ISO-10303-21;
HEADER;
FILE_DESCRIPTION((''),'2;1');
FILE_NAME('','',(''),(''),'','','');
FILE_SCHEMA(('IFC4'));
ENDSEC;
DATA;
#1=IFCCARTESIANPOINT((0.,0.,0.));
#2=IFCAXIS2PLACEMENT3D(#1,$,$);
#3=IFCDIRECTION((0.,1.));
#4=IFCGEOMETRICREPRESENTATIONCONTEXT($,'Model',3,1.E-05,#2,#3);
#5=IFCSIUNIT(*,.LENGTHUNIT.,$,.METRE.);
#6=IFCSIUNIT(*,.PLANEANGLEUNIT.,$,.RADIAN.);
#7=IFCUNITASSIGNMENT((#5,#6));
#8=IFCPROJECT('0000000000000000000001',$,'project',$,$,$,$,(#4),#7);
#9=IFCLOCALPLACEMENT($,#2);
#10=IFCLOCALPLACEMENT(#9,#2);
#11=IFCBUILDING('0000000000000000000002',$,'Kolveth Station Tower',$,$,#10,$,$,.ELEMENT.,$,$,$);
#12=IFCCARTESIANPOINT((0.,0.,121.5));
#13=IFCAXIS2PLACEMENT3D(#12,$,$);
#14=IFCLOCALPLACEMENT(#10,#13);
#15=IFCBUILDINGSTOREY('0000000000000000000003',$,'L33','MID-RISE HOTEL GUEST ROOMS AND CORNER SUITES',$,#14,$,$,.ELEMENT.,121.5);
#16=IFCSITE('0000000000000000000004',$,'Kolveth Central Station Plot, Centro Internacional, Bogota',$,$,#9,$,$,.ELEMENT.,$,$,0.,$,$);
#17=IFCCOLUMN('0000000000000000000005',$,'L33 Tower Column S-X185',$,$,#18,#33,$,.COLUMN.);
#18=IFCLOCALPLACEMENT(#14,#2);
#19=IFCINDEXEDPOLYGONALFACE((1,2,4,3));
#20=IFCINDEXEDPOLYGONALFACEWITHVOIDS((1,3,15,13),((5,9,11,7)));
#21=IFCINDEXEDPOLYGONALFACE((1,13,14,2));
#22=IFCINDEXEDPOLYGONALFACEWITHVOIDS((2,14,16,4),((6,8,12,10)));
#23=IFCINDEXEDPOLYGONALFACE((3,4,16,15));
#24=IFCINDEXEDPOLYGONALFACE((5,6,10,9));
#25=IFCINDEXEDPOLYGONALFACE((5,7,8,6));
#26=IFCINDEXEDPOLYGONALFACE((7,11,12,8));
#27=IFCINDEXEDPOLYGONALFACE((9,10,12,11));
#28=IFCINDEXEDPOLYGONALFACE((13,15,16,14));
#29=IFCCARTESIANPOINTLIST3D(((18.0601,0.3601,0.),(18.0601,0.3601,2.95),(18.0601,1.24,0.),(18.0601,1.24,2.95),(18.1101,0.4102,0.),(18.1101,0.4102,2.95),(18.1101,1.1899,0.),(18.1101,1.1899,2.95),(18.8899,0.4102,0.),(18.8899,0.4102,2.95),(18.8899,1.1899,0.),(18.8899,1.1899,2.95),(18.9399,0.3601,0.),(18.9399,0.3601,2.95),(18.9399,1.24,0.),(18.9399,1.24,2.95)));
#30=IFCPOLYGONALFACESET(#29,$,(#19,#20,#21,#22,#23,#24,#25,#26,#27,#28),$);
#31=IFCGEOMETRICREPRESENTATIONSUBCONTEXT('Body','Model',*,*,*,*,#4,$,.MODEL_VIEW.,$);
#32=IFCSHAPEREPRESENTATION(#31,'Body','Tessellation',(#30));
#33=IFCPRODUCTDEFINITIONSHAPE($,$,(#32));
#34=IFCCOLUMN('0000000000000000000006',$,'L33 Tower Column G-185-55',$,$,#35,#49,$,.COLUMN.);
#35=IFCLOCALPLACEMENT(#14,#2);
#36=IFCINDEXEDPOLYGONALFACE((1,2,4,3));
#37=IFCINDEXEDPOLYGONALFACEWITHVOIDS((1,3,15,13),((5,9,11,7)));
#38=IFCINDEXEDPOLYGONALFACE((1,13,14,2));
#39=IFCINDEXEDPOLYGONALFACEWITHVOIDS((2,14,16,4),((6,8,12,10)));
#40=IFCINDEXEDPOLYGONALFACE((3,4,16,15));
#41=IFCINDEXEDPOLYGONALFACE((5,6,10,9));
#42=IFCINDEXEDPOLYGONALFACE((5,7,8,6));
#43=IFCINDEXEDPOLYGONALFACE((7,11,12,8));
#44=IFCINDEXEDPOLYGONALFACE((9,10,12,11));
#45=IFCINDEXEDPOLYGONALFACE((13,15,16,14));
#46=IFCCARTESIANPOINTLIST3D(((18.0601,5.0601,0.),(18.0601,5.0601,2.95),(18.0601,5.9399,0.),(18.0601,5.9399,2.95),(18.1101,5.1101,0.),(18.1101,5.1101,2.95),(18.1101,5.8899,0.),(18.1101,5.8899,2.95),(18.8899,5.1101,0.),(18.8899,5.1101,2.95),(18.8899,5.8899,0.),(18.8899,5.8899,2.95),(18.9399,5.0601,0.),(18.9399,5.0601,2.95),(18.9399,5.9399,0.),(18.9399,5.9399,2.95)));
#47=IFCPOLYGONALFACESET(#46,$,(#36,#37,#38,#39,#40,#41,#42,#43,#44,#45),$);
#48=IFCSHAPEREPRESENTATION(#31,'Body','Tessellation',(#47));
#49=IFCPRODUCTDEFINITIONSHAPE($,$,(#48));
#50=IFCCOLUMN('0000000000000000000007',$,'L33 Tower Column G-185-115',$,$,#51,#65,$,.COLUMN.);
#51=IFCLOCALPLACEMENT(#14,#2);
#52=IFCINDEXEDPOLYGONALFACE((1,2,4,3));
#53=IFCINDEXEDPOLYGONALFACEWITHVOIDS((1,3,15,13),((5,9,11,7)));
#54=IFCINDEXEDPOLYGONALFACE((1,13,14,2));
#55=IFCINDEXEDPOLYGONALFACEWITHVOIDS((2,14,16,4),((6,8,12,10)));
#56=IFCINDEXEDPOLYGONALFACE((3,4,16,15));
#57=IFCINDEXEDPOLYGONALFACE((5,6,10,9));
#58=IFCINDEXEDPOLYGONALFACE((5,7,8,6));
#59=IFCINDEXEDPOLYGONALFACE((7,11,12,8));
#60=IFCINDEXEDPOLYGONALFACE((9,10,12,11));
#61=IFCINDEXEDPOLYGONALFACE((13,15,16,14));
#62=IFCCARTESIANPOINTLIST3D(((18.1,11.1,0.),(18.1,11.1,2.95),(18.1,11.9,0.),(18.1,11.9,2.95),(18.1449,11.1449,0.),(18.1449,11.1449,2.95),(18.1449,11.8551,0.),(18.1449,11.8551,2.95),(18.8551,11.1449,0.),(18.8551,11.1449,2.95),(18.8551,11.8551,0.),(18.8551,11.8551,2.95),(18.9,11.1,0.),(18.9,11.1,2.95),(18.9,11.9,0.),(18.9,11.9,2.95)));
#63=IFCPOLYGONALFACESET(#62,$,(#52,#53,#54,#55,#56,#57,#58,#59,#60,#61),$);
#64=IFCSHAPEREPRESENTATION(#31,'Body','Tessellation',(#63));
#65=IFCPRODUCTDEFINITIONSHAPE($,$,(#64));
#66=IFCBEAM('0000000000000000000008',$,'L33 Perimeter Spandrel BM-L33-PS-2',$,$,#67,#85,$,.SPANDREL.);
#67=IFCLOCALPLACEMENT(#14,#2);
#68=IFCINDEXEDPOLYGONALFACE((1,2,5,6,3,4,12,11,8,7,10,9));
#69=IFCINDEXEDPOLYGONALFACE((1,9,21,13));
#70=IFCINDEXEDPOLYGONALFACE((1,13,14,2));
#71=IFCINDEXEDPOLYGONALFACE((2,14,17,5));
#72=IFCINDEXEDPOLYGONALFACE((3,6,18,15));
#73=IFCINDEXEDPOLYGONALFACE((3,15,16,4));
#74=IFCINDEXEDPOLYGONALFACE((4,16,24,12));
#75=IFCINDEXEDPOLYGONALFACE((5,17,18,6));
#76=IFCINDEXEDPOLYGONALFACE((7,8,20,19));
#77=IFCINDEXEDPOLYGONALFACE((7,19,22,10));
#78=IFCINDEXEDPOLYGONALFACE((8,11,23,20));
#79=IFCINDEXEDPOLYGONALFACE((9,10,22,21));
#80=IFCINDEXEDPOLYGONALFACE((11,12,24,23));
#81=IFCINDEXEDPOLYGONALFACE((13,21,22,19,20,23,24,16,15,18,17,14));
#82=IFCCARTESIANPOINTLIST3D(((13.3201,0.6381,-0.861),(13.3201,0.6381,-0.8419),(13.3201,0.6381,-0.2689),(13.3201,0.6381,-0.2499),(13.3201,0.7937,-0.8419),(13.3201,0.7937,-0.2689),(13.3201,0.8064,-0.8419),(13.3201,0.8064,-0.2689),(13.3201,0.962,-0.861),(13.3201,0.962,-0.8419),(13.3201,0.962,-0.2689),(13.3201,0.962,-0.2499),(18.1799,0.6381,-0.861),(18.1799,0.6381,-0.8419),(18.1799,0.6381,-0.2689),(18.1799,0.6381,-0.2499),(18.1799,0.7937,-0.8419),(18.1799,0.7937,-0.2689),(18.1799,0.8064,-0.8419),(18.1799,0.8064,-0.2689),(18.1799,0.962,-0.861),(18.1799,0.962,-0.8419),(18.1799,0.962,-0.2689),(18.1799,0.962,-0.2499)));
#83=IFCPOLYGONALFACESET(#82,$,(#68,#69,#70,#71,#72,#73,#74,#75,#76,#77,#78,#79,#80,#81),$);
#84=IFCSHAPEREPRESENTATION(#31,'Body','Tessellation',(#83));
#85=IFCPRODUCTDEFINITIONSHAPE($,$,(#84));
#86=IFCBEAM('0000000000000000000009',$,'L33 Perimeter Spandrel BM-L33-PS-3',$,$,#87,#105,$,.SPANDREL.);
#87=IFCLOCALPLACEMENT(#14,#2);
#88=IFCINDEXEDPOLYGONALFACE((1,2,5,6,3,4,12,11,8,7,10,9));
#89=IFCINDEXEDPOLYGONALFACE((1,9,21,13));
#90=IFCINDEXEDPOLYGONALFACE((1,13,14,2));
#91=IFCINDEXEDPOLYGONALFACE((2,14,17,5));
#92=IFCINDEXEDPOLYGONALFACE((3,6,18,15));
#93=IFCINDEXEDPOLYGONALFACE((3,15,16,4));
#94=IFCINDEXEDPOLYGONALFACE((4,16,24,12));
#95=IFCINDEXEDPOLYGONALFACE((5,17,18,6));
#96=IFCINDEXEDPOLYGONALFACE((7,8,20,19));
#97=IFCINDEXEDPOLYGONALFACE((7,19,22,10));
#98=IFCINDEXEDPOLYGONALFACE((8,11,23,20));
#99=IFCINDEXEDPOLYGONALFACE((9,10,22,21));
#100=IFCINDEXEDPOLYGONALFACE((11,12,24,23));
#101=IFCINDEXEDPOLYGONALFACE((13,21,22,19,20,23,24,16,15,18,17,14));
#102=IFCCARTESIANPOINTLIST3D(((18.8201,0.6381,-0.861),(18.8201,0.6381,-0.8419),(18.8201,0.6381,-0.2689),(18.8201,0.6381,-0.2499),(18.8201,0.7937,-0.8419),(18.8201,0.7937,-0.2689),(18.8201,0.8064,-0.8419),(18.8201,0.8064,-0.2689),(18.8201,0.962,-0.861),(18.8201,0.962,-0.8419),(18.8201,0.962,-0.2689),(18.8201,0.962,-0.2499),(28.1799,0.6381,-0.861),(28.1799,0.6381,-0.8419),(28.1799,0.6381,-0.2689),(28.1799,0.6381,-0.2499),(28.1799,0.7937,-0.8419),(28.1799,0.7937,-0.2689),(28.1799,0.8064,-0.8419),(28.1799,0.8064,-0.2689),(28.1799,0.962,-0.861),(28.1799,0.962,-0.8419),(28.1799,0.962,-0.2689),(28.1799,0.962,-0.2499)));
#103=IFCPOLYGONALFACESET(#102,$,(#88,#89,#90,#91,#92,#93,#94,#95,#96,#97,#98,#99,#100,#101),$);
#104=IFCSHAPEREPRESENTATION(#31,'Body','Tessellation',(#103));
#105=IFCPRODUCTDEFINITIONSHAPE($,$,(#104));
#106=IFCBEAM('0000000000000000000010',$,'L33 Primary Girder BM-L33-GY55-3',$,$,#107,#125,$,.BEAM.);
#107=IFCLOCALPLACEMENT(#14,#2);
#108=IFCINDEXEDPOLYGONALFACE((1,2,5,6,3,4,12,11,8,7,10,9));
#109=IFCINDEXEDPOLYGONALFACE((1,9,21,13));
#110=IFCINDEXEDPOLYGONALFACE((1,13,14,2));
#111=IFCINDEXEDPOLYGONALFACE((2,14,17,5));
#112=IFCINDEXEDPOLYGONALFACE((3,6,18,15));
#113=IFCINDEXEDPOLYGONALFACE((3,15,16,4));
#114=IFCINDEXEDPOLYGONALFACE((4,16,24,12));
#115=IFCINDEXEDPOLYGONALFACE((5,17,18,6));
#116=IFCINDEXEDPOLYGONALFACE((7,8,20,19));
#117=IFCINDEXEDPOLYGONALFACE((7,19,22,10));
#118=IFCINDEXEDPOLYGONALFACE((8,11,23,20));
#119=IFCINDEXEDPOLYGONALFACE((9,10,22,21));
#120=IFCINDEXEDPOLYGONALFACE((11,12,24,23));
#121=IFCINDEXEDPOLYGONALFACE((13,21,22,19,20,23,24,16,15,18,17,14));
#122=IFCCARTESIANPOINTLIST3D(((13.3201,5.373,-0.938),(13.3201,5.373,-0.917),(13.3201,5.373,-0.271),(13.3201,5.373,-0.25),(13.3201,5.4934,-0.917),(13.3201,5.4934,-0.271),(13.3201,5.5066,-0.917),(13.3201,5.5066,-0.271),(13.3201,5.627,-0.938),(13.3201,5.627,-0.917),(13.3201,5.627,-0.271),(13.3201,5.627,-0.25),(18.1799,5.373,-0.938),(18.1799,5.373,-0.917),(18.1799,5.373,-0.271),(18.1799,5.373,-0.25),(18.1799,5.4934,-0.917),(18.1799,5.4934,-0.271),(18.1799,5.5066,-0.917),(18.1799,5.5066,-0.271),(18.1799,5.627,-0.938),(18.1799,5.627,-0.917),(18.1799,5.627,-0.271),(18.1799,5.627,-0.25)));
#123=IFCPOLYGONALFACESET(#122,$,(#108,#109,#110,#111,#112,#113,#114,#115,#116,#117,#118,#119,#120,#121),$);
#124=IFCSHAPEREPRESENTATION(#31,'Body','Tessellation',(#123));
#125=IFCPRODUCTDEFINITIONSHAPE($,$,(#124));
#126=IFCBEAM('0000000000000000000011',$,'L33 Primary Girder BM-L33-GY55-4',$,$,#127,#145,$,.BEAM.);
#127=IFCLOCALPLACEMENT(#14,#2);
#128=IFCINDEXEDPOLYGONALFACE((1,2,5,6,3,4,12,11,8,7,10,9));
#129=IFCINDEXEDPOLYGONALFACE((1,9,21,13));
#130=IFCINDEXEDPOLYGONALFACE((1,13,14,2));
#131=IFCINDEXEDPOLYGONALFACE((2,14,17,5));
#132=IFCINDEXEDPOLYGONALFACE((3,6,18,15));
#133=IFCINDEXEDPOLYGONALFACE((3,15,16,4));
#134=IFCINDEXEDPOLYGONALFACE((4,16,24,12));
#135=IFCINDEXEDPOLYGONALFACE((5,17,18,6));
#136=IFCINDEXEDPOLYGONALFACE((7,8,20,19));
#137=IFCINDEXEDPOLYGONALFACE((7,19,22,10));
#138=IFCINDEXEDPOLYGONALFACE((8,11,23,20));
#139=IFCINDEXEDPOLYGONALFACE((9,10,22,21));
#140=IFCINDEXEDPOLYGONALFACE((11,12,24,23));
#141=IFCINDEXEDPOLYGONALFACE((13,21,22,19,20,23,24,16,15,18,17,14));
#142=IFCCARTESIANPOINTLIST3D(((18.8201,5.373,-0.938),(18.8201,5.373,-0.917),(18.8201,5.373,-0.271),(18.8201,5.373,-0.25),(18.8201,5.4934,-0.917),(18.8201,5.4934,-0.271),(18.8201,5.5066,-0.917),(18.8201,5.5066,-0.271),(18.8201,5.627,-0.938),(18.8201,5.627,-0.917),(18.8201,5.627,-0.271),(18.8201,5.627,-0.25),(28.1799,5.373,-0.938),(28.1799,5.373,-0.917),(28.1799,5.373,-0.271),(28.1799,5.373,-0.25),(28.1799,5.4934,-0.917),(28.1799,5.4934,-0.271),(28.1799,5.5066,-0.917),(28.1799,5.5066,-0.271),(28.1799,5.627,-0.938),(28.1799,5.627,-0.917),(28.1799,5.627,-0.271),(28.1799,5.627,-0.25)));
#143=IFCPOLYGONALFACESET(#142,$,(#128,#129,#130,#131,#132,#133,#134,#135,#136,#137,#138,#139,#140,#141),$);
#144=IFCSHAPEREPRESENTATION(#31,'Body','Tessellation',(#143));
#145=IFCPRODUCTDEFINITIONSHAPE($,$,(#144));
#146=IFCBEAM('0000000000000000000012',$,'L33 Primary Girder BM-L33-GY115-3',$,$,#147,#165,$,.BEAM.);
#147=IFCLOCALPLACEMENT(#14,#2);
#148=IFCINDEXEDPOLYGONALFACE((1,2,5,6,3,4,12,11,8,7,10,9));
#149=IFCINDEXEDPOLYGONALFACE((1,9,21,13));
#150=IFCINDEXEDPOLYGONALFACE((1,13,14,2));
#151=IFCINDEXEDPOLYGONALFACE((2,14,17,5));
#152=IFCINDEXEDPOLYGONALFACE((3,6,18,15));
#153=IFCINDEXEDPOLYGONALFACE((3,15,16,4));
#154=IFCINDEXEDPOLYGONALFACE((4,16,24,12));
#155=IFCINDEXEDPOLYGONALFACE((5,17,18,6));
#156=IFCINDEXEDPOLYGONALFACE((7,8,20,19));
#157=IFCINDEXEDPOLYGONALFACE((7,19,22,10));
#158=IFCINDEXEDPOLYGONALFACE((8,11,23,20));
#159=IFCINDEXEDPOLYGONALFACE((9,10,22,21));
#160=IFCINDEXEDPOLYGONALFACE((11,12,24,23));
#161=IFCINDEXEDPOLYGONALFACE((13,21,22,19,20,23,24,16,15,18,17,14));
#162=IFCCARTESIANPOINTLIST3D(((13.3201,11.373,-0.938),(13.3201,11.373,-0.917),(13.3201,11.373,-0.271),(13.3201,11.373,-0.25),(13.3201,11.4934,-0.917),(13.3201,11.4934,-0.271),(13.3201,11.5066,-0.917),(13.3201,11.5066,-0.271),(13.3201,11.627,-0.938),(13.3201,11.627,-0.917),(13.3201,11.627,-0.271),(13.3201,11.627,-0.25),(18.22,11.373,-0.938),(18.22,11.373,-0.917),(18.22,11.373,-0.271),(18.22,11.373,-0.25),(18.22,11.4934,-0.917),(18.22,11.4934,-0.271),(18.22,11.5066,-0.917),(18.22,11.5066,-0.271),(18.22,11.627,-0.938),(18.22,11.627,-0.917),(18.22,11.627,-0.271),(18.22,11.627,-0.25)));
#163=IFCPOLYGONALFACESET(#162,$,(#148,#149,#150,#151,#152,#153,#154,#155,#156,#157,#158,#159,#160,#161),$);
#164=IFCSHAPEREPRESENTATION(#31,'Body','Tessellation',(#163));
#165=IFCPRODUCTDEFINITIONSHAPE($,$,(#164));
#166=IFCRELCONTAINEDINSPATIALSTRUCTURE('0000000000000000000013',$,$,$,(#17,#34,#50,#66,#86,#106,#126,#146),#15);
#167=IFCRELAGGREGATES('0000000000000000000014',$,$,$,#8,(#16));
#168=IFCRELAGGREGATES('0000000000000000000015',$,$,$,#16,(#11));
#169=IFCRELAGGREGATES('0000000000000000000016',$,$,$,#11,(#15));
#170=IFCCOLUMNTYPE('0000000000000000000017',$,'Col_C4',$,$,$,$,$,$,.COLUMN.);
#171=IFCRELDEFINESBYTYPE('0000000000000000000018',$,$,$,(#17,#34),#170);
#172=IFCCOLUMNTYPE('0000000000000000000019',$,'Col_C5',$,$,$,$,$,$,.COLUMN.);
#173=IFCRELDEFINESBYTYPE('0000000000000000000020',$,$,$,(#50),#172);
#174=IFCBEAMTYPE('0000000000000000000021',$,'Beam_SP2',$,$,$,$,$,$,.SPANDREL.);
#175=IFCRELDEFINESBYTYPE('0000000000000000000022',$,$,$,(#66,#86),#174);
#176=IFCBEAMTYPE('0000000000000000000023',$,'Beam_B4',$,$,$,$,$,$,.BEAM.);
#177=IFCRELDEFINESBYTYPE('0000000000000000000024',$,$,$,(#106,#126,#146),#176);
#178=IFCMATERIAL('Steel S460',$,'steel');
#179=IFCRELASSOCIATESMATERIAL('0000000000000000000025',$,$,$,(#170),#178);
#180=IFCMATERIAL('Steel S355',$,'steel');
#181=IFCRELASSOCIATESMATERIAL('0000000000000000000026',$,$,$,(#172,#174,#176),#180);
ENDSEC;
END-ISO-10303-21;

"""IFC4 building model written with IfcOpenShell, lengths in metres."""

from ifc_helpers import new_model, si_unit, direction, frame, origin, origin_2d, place, context, subcontext, project, spatial, hollow_rectangle, i_section, extrude, source, transform, mapped, material, material_profile, profile_set, type_object, element, save


model = new_model("IFC4")

# Units and contexts
model_context = context("Model", 3, precision=1e-05, world=origin(), true_north=direction((0.0, 1.0)))
body_context = subcontext(model_context, "Body", "Model", "MODEL_VIEW")
ifc_project = project(units=[si_unit("LENGTHUNIT", "METRE"), si_unit("PLANEANGLEUNIT", "RADIAN")], contexts=[model_context])

# Site, building, storey
site_placement = place(None, origin())
site = spatial("IfcSite", under=ifc_project, at=site_placement, Name="Kolveth Central Station Plot, Centro Internacional, Bogota", CompositionType="ELEMENT", RefElevation=0.0)
building_placement = place(site_placement, origin())
building = spatial("IfcBuilding", under=site, at=building_placement, Name="Kolveth Station Tower", CompositionType="ELEMENT")
storey_placement = place(building_placement, frame((0.0, 0.0, 121.5)))
storey = spatial("IfcBuildingStorey", under=building, at=storey_placement, Name="L33", Description="MID-RISE HOTEL GUEST ROOMS AND CORNER SUITES", CompositionType="ELEMENT", Elevation=121.5)

# Columns
ifc_material_1 = material(Name="Steel S460", Category="steel")
ifc_material_profile_1 = material_profile(ifc_material_1, hollow_rectangle(XDim=0.8799, YDim=0.8799, WallThickness=0.05, at=origin_2d()), Name="BOX880x880x50")
ifc_profile_set_1 = profile_set([ifc_material_profile_1], Name="Steel S460")
column_type_1 = type_object("IfcColumnType", Name="Col_C4", PredefinedType="COLUMN", material=ifc_profile_set_1)
shared_shape_1 = source(origin(), body_context, "Body", "SweptSolid", [
    extrude(hollow_rectangle(XDim=0.8799, YDim=0.8799, WallThickness=0.05, at=origin_2d()), origin(), (0.0, 0.0, 1.0), 2.95),
])
for number, where, z_axis, x_axis, name in (
    (1, (18.5, 0.8, 0.0), (0.0, 0.0, 1.0), (1.0, 0.0, 0.0), "L33 Tower Column S-X185"),
    (2, (18.5, 5.5, 0.0), (0.0, 0.0, 1.0), (1.0, 0.0, 0.0), "L33 Tower Column G-185-55"),
):
    element("IfcColumn", number, at=place(storey_placement, frame(where, z_axis=z_axis, x_axis=x_axis)), inside=storey, type_object=column_type_1, Name=name, PredefinedType="COLUMN", context=body_context, shape_type="MappedRepresentation", body=[
        mapped(shared_shape_1, transform((0.0, 0.0, 0.0), x_axis=(1.0, 0.0, 0.0), y_axis=(0.0, 1.0, 0.0), z_axis=(0.0, 0.0, 1.0), scale=1.0)),
    ])
ifc_material_2 = material(Name="Steel S355", Category="steel")
ifc_material_profile_2 = material_profile(ifc_material_2, hollow_rectangle(XDim=0.8, YDim=0.8, WallThickness=0.0449, at=origin_2d()), Name="BOX800x800x45")
ifc_profile_set_2 = profile_set([ifc_material_profile_2], Name="Steel S355")
column_type_2 = type_object("IfcColumnType", Name="Col_C5", PredefinedType="COLUMN", material=ifc_profile_set_2)
shared_shape_2 = source(origin(), body_context, "Body", "SweptSolid", [
    extrude(hollow_rectangle(XDim=0.8, YDim=0.8, WallThickness=0.0449, at=origin_2d()), origin(), (0.0, 0.0, 1.0), 2.95),
])
column_placement = place(storey_placement, frame((18.5, 11.5, 0.0), z_axis=(0.0, 0.0, 1.0), x_axis=(1.0, 0.0, 0.0)))
element("IfcColumn", 3, at=column_placement, inside=storey, type_object=column_type_2, Name="L33 Tower Column G-185-115", PredefinedType="COLUMN", context=body_context, shape_type="MappedRepresentation", body=[
    mapped(shared_shape_2, transform((0.0, 0.0, 0.0), x_axis=(1.0, 0.0, 0.0), y_axis=(0.0, 1.0, 0.0), z_axis=(0.0, 0.0, 1.0), scale=1.0)),
])

# Beams
ifc_material_profile_3 = material_profile(ifc_material_2, i_section(OverallWidth=0.324, OverallDepth=0.6111, WebThickness=0.0127, FlangeThickness=0.019, at=origin_2d()), Name="W610x155")
ifc_profile_set_3 = profile_set([ifc_material_profile_3], Name="Steel S355")
beam_type_1 = type_object("IfcBeamType", Name="Beam_SP2", PredefinedType="SPANDREL", material=ifc_profile_set_3)
shared_shape_3 = source(origin(), body_context, "Body", "SweptSolid", [
    extrude(i_section(OverallWidth=0.324, OverallDepth=0.6111, WebThickness=0.0127, FlangeThickness=0.019, at=origin_2d()), origin(), (0.0, 0.0, 1.0), 4.8599),
])
beam_1_placement = place(storey_placement, frame((13.3201, 0.8, -0.5554), z_axis=(1.0, 0.0, 0.0), x_axis=(0.0, 1.0, 0.0)))
element("IfcBeam", 4, at=beam_1_placement, inside=storey, type_object=beam_type_1, Name="L33 Perimeter Spandrel BM-L33-PS-2", PredefinedType="SPANDREL", context=body_context, shape_type="MappedRepresentation", body=[
    mapped(shared_shape_3, transform((0.0, 0.0, 0.0), x_axis=(1.0, 0.0, 0.0), y_axis=(0.0, 1.0, 0.0), z_axis=(0.0, 0.0, 1.0), scale=1.0)),
])
shared_shape_4 = source(origin(), body_context, "Body", "SweptSolid", [
    extrude(i_section(OverallWidth=0.324, OverallDepth=0.6111, WebThickness=0.0127, FlangeThickness=0.019, at=origin_2d()), origin(), (0.0, 0.0, 1.0), 9.3599),
])
beam_2_placement = place(storey_placement, frame((18.8201, 0.8, -0.5554), z_axis=(1.0, 0.0, 0.0), x_axis=(0.0, 1.0, 0.0)))
element("IfcBeam", 5, at=beam_2_placement, inside=storey, type_object=beam_type_1, Name="L33 Perimeter Spandrel BM-L33-PS-3", PredefinedType="SPANDREL", context=body_context, shape_type="MappedRepresentation", body=[
    mapped(shared_shape_4, transform((0.0, 0.0, 0.0), x_axis=(1.0, 0.0, 0.0), y_axis=(0.0, 1.0, 0.0), z_axis=(0.0, 0.0, 1.0), scale=1.0)),
])
ifc_material_profile_4 = material_profile(ifc_material_2, i_section(OverallWidth=0.2539, OverallDepth=0.688, WebThickness=0.0132, FlangeThickness=0.021, at=origin_2d()), Name="W690x152")
ifc_profile_set_4 = profile_set([ifc_material_profile_4], Name="Steel S355")
beam_type_2 = type_object("IfcBeamType", Name="Beam_B4", PredefinedType="BEAM", material=ifc_profile_set_4)
shared_shape_5 = source(origin(), body_context, "Body", "SweptSolid", [
    extrude(i_section(OverallWidth=0.2539, OverallDepth=0.688, WebThickness=0.0132, FlangeThickness=0.021, at=origin_2d()), origin(), (0.0, 0.0, 1.0), 4.8599),
])
beam_3_placement = place(storey_placement, frame((13.3201, 5.5, -0.594), z_axis=(1.0, 0.0, 0.0), x_axis=(0.0, 1.0, 0.0)))
element("IfcBeam", 6, at=beam_3_placement, inside=storey, type_object=beam_type_2, Name="L33 Primary Girder BM-L33-GY55-3", PredefinedType="BEAM", context=body_context, shape_type="MappedRepresentation", body=[
    mapped(shared_shape_5, transform((0.0, 0.0, 0.0), x_axis=(1.0, 0.0, 0.0), y_axis=(0.0, 1.0, 0.0), z_axis=(0.0, 0.0, 1.0), scale=1.0)),
])
shared_shape_6 = source(origin(), body_context, "Body", "SweptSolid", [
    extrude(i_section(OverallWidth=0.2539, OverallDepth=0.688, WebThickness=0.0132, FlangeThickness=0.021, at=origin_2d()), origin(), (0.0, 0.0, 1.0), 9.3599),
])
beam_4_placement = place(storey_placement, frame((18.8201, 5.5, -0.594), z_axis=(1.0, 0.0, 0.0), x_axis=(0.0, 1.0, 0.0)))
element("IfcBeam", 7, at=beam_4_placement, inside=storey, type_object=beam_type_2, Name="L33 Primary Girder BM-L33-GY55-4", PredefinedType="BEAM", context=body_context, shape_type="MappedRepresentation", body=[
    mapped(shared_shape_6, transform((0.0, 0.0, 0.0), x_axis=(1.0, 0.0, 0.0), y_axis=(0.0, 1.0, 0.0), z_axis=(0.0, 0.0, 1.0), scale=1.0)),
])
shared_shape_7 = source(origin(), body_context, "Body", "SweptSolid", [
    extrude(i_section(OverallWidth=0.2539, OverallDepth=0.688, WebThickness=0.0132, FlangeThickness=0.021, at=origin_2d()), origin(), (0.0, 0.0, 1.0), 4.8999),
])
beam_5_placement = place(storey_placement, frame((13.3201, 11.5, -0.594), z_axis=(1.0, 0.0, 0.0), x_axis=(0.0, 1.0, 0.0)))
element("IfcBeam", 8, at=beam_5_placement, inside=storey, type_object=beam_type_2, Name="L33 Primary Girder BM-L33-GY115-3", PredefinedType="BEAM", context=body_context, shape_type="MappedRepresentation", body=[
    mapped(shared_shape_7, transform((0.0, 0.0, 0.0), x_axis=(1.0, 0.0, 0.0), y_axis=(0.0, 1.0, 0.0), z_axis=(0.0, 0.0, 1.0), scale=1.0)),
])

save(model, "model.ifc")
